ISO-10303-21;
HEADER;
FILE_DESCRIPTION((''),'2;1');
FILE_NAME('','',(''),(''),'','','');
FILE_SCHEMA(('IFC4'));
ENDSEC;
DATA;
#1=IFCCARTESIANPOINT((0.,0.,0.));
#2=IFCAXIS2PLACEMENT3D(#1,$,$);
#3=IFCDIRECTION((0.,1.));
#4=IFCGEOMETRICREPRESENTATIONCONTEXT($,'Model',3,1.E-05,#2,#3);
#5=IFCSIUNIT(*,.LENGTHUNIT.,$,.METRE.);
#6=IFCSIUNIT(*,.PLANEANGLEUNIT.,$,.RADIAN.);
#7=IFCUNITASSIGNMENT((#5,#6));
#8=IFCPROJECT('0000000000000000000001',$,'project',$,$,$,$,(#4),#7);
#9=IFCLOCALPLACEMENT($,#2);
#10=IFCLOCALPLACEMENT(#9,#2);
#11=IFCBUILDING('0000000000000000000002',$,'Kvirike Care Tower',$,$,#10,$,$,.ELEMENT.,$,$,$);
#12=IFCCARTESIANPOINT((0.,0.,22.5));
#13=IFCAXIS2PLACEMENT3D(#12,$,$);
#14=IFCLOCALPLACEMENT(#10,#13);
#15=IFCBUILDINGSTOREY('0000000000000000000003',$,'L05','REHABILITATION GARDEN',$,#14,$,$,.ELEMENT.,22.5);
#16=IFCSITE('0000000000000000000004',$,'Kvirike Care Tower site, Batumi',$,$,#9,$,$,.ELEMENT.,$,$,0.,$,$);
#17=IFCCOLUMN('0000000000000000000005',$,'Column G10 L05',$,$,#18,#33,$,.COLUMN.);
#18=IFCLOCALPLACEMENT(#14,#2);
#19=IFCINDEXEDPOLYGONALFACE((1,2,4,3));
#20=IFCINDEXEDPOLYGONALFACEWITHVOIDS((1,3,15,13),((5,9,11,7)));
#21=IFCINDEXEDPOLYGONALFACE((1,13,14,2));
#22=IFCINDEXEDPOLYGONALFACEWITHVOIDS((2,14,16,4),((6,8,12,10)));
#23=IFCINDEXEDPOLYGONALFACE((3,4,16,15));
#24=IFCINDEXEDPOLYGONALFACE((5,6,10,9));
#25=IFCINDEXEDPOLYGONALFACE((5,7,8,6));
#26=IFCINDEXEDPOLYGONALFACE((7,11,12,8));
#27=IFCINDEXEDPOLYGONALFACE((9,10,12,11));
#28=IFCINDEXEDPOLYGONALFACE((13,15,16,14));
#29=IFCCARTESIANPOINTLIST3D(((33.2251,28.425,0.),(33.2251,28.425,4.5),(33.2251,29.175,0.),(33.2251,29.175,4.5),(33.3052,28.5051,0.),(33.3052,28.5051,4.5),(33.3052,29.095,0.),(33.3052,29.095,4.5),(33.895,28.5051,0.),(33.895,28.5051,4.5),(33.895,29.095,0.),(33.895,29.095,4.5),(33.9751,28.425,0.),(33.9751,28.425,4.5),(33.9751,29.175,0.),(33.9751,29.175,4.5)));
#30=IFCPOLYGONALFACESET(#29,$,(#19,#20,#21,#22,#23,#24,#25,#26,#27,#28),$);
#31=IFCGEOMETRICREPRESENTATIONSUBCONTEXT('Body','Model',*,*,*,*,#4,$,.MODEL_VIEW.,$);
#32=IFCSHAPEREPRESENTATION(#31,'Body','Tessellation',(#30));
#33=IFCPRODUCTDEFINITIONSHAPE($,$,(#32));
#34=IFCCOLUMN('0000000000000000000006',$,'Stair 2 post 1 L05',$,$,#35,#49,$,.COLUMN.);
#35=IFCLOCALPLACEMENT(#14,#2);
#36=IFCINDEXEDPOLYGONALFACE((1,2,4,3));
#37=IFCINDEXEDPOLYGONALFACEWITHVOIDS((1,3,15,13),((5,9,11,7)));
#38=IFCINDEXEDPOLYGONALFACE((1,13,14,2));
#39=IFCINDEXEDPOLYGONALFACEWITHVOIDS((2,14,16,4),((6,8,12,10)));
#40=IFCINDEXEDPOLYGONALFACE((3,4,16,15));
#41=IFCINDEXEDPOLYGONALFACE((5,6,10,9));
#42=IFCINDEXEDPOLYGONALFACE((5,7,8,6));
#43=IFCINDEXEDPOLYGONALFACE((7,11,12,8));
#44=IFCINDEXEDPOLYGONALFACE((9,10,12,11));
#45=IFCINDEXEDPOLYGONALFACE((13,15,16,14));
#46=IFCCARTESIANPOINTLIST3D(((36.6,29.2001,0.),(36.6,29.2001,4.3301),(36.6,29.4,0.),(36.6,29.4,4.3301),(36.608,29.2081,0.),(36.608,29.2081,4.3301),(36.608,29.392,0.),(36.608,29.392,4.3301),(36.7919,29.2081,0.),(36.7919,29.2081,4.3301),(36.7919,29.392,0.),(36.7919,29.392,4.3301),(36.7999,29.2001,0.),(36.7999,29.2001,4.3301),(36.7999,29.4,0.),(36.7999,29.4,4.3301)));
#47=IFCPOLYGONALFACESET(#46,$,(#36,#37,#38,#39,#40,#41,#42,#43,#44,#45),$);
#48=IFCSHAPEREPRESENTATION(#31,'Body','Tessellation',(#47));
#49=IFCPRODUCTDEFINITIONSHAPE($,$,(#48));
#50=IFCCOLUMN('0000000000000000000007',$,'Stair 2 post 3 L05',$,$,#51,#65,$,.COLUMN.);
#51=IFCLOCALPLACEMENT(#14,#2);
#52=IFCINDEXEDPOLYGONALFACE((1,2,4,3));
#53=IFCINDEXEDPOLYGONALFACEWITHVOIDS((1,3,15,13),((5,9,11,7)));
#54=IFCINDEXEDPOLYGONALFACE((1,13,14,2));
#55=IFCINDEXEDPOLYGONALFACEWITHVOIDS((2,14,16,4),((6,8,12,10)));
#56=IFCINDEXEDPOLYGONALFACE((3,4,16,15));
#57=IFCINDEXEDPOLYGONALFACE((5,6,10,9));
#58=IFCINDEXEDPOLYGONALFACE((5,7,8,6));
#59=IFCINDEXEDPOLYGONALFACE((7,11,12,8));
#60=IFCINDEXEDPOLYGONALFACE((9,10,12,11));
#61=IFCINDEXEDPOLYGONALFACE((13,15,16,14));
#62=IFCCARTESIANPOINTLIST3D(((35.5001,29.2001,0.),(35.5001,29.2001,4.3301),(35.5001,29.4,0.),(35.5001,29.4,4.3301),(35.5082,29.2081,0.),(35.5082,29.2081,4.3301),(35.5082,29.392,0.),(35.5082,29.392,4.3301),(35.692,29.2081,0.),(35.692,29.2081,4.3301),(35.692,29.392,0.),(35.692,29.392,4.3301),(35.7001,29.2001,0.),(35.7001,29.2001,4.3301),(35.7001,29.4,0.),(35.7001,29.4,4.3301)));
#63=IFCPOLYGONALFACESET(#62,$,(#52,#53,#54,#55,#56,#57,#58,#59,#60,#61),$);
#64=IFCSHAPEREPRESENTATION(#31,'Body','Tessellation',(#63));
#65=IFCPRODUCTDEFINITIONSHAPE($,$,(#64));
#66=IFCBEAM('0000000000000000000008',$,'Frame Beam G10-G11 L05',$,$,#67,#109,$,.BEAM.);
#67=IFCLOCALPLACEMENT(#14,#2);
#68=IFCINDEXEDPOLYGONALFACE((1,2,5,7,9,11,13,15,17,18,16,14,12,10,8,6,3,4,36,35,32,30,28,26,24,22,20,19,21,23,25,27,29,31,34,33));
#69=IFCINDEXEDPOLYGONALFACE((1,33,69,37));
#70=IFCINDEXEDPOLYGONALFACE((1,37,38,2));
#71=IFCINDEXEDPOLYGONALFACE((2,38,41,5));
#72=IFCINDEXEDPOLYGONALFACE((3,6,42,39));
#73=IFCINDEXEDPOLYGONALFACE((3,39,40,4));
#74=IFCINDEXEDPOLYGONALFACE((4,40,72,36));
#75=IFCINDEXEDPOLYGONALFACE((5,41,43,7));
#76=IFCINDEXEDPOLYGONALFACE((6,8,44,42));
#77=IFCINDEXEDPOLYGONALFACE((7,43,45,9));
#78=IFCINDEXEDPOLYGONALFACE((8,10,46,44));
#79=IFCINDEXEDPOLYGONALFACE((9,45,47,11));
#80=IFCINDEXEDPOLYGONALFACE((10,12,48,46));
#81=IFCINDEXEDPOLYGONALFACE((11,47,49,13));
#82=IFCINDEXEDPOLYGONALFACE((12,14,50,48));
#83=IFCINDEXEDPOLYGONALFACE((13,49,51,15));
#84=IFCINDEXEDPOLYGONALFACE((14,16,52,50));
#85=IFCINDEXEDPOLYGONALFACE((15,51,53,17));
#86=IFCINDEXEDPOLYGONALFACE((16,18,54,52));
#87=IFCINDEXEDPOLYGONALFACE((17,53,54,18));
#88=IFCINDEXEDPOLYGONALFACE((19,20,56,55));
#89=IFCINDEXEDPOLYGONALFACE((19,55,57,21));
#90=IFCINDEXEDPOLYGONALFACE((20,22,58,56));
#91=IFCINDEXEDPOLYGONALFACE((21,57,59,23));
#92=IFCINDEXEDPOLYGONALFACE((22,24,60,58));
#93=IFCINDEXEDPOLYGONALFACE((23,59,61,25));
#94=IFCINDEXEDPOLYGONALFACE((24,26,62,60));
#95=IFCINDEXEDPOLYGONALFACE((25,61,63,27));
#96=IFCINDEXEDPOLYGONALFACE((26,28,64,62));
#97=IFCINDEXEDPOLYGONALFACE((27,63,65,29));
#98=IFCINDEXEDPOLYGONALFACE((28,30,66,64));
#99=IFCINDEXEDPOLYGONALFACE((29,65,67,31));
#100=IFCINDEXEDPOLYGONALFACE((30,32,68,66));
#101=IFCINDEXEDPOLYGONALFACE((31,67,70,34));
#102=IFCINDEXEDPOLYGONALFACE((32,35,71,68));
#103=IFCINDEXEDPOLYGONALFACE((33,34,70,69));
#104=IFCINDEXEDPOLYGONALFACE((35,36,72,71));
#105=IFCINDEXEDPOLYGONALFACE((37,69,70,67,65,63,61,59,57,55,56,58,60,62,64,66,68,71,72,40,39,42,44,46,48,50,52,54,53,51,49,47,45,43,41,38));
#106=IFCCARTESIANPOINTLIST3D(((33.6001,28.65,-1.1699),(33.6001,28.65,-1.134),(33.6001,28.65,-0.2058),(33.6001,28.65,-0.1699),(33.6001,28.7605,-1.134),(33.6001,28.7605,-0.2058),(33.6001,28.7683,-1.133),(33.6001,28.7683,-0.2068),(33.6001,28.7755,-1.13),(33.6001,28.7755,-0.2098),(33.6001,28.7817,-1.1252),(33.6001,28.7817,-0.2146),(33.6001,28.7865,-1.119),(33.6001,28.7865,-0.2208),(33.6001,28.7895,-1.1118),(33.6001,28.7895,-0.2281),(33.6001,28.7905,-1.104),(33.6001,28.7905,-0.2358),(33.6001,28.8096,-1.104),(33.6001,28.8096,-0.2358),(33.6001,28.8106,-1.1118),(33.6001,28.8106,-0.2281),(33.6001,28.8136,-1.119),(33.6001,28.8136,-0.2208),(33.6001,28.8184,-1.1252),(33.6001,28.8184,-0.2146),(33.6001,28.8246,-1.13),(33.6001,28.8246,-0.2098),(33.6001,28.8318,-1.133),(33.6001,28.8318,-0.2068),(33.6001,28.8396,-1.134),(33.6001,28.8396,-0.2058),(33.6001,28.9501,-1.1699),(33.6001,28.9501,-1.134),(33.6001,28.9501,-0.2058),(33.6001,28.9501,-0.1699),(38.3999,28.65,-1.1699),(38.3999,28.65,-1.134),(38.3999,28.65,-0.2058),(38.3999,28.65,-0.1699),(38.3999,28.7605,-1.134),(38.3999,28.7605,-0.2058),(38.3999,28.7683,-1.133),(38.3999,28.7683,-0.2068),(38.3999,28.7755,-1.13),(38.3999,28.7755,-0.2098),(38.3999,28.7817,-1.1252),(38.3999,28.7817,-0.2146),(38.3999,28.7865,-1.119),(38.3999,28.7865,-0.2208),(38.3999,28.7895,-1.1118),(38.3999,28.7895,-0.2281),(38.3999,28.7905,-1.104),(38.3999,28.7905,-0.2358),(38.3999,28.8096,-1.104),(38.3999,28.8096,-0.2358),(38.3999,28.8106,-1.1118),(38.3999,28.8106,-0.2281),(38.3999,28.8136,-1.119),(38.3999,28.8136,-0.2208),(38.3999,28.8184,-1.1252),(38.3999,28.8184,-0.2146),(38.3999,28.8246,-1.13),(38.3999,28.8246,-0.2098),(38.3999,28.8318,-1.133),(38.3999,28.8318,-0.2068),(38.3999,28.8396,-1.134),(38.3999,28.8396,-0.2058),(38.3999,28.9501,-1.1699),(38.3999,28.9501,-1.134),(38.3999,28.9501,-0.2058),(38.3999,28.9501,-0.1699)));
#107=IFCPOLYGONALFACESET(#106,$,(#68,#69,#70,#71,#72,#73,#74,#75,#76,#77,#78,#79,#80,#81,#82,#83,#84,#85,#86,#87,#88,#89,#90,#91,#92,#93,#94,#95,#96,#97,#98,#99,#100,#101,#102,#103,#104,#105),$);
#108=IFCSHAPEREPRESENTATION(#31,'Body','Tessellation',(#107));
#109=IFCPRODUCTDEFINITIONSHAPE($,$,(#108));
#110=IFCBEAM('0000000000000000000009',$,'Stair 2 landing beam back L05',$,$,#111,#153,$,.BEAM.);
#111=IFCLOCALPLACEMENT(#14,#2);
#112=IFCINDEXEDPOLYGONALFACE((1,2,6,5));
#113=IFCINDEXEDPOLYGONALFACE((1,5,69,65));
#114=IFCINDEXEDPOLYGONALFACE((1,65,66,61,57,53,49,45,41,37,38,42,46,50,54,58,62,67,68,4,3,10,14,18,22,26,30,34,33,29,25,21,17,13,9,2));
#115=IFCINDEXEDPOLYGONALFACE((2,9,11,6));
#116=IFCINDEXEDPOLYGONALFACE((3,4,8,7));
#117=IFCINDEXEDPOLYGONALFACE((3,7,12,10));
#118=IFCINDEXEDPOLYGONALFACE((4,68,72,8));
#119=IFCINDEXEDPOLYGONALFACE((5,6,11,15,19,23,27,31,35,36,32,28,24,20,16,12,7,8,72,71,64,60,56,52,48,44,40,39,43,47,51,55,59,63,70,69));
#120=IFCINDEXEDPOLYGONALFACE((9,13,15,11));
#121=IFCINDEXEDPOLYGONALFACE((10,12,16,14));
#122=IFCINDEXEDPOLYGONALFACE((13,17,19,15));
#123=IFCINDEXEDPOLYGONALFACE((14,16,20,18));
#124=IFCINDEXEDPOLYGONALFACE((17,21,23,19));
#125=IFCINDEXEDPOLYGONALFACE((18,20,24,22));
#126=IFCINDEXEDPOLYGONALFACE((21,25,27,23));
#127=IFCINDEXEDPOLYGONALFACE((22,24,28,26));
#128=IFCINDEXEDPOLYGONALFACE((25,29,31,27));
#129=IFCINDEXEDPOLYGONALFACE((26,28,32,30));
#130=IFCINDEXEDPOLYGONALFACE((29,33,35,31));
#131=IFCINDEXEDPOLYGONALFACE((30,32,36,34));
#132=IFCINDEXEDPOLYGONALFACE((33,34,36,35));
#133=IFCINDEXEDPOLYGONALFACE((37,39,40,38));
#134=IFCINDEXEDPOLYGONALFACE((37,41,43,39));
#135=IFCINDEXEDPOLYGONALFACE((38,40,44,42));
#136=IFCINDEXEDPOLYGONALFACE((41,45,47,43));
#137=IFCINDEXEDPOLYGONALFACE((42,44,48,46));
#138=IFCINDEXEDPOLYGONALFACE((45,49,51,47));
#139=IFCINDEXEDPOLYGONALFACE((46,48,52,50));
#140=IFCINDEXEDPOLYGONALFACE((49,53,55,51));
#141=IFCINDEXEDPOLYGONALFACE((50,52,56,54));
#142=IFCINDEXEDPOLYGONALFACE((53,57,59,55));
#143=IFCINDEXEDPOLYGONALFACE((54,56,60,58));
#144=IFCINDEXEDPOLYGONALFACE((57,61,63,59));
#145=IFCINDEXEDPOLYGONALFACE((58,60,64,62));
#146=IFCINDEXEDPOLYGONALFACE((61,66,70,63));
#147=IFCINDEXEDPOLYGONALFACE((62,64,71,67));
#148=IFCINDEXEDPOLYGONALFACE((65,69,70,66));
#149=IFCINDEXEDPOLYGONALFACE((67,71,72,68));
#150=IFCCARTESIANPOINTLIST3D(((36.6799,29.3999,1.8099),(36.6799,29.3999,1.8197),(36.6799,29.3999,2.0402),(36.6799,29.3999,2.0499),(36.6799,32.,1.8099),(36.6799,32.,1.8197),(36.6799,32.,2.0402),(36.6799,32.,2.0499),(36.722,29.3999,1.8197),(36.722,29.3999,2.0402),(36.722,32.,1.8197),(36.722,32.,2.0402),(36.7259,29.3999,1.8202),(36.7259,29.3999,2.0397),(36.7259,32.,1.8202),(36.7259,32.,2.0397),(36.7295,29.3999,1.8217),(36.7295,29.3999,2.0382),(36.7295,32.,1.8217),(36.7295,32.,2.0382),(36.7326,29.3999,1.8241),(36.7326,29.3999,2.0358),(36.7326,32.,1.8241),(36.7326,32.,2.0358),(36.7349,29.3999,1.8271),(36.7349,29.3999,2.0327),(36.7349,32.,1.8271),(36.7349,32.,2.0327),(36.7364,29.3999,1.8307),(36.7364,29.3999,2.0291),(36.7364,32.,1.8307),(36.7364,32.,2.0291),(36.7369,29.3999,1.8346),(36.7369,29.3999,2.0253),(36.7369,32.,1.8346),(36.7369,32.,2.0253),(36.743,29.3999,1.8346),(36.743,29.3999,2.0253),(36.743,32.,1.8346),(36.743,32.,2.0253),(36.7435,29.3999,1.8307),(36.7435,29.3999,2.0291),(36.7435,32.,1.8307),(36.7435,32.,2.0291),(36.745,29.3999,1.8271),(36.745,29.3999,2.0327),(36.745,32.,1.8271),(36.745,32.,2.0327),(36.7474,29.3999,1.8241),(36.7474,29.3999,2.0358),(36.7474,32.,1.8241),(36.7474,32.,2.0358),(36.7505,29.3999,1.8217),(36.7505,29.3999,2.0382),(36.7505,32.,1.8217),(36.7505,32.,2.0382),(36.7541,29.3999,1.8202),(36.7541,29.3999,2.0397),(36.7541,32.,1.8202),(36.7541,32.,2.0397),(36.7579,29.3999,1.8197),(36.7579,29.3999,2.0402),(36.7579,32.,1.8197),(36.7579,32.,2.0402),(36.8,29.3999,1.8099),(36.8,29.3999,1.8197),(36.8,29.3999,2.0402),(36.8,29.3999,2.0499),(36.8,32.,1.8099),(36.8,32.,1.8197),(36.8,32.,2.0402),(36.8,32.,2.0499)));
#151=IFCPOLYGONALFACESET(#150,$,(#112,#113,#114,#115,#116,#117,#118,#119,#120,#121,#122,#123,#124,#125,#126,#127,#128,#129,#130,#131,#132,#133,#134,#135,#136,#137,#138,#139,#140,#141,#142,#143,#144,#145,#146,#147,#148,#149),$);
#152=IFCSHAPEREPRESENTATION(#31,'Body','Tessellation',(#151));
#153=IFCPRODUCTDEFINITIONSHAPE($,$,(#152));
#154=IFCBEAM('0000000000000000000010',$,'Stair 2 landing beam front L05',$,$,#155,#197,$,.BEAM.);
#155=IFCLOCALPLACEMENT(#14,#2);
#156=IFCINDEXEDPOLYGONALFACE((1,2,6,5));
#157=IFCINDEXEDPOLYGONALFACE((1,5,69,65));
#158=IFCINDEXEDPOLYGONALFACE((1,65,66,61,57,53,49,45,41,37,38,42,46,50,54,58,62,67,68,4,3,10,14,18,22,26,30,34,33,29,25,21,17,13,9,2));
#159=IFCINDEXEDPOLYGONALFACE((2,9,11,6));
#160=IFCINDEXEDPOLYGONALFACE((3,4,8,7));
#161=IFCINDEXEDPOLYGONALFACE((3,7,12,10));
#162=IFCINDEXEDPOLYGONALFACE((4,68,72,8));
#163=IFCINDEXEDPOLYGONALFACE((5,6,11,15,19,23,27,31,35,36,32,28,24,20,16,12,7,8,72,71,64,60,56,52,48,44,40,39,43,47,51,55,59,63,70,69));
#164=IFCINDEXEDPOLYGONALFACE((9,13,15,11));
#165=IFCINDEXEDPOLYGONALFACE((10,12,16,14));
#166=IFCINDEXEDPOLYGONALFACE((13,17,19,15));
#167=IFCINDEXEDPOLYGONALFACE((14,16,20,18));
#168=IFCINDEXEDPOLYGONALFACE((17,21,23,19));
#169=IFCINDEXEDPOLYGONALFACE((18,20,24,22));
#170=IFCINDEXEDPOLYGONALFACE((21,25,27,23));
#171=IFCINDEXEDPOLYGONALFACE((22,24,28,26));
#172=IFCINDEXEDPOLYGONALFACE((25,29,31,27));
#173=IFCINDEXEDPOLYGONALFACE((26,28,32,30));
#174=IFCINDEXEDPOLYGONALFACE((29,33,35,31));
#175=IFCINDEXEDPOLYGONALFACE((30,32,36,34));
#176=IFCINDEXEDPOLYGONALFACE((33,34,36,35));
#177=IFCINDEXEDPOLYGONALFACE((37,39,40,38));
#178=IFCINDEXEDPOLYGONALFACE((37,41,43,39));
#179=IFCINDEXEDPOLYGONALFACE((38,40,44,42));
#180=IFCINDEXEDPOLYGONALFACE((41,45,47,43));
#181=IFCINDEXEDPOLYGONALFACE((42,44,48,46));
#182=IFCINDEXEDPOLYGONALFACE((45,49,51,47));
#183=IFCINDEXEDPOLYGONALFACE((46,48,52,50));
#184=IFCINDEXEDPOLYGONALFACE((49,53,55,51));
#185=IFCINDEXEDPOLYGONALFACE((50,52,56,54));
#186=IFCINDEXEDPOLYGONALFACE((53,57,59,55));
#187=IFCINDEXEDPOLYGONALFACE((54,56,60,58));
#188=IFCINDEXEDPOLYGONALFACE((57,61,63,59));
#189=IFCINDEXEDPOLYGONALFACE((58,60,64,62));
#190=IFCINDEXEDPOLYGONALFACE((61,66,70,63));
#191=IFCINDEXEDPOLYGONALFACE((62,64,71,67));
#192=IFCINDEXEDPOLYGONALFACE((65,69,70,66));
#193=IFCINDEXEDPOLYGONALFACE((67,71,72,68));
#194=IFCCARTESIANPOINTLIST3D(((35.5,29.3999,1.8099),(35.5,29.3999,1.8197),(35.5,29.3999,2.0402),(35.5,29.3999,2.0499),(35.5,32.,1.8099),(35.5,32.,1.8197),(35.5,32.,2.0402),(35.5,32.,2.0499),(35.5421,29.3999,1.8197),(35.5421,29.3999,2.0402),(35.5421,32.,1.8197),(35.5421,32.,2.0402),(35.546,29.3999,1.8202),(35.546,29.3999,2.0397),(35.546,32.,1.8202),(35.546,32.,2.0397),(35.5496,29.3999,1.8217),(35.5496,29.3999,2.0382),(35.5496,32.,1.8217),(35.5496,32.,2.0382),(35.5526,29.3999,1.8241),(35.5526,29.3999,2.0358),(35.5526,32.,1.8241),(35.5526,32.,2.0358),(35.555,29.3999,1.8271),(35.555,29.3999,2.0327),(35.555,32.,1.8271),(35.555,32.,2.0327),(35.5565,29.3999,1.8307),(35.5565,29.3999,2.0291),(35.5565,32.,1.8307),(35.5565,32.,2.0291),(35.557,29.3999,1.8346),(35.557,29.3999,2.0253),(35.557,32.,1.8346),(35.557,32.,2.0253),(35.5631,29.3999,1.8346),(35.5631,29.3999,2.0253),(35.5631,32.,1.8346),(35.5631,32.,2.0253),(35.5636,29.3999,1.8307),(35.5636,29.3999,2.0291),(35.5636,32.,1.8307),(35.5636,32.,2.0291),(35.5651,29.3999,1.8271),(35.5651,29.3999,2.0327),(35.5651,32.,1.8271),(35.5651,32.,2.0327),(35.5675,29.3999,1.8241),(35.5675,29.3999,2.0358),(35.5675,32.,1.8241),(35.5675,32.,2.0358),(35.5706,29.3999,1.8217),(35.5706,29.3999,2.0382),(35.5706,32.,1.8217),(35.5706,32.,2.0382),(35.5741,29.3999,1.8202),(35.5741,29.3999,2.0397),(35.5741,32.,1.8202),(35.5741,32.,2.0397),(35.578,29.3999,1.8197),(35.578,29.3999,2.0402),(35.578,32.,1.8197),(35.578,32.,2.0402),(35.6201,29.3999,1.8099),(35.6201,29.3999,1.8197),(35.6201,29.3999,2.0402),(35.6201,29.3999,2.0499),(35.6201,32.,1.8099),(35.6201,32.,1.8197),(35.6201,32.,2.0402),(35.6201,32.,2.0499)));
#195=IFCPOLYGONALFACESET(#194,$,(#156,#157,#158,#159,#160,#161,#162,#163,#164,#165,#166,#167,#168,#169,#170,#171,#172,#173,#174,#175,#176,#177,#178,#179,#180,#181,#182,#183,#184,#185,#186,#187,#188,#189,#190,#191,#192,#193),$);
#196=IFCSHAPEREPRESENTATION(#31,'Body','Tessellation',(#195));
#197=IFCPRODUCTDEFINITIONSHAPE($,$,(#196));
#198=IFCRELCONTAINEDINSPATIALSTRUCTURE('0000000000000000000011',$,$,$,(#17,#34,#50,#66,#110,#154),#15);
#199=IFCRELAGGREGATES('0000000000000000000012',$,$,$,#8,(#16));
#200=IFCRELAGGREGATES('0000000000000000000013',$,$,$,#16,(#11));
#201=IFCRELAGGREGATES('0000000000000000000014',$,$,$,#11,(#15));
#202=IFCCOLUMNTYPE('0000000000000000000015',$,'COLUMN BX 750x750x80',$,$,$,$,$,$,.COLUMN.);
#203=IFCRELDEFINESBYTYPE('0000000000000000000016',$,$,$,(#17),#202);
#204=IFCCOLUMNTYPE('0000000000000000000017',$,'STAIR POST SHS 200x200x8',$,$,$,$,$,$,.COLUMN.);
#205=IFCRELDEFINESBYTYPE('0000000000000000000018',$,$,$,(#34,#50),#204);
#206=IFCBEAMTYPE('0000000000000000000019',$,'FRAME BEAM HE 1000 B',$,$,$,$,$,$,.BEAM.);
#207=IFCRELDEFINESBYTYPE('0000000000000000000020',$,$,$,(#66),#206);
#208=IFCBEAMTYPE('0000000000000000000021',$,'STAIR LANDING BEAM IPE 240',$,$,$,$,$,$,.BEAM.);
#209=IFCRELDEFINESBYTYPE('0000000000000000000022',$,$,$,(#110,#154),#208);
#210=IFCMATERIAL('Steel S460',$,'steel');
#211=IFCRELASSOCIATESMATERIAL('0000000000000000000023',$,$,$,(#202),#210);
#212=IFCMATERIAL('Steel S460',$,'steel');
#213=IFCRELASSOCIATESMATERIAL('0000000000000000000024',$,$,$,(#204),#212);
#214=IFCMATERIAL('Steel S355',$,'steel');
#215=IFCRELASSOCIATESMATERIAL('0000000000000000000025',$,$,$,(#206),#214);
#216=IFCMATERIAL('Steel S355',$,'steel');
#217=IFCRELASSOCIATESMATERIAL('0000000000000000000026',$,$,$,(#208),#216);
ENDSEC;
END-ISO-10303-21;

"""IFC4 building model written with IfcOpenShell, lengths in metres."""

from ifc_helpers import new_model, si_unit, direction, frame, origin, origin_2d, place, context, subcontext, project, spatial, hollow_rectangle, i_section, extrude, material, material_profile, profile_set, type_object, element, save


model = new_model("IFC4")

# Units and contexts
model_context = context("Model", 3, precision=1e-05, world=origin(), true_north=direction((0.0, 1.0)))
body_context = subcontext(model_context, "Body", "Model", "MODEL_VIEW")
ifc_project = project(units=[si_unit("LENGTHUNIT", "METRE"), si_unit("PLANEANGLEUNIT", "RADIAN")], contexts=[model_context])

# Site, building, storey
site_placement = place(None, origin())
site = spatial("IfcSite", under=ifc_project, at=site_placement, Name="Kvirike Care Tower site, Batumi", CompositionType="ELEMENT", RefElevation=0.0)
building_placement = place(site_placement, origin())
building = spatial("IfcBuilding", under=site, at=building_placement, Name="Kvirike Care Tower", CompositionType="ELEMENT")
storey_placement = place(building_placement, frame((0.0, 0.0, 22.5)))
storey = spatial("IfcBuildingStorey", under=building, at=storey_placement, Name="L05", Description="REHABILITATION GARDEN", CompositionType="ELEMENT", Elevation=22.5)

# Columns
ifc_material_1 = material(Name="Steel S460", Category="steel")
ifc_material_profile_1 = material_profile(ifc_material_1, hollow_rectangle(XDim=0.75, YDim=0.75, WallThickness=0.0801, at=origin_2d()), Name="BX 750x750x80")
ifc_profile_set_1 = profile_set([ifc_material_profile_1], Name="Steel S460")
column_type_1 = type_object("IfcColumnType", Name="COLUMN BX 750x750x80", PredefinedType="COLUMN", material=ifc_profile_set_1)
column_placement = place(storey_placement, frame((33.6001, 28.8, 0.0), z_axis=(0.0, 0.0, 1.0), x_axis=(0.0, 1.0, 0.0)))
element("IfcColumn", 1, at=column_placement, inside=storey, type_object=column_type_1, Name="Column G10 L05", PredefinedType="COLUMN", context=body_context, shape_type="SweptSolid", body=[
    extrude(hollow_rectangle(XDim=0.75, YDim=0.75, WallThickness=0.0801, at=origin_2d()), origin(), (0.0, 0.0, 1.0), 4.5),
])
ifc_material_2 = material(Name="Steel S460", Category="steel")
ifc_material_profile_2 = material_profile(ifc_material_2, hollow_rectangle(XDim=0.2, YDim=0.2, WallThickness=0.0081, at=origin_2d()), Name="SHS 200x200x8")
ifc_profile_set_2 = profile_set([ifc_material_profile_2], Name="Steel S460")
column_type_2 = type_object("IfcColumnType", Name="STAIR POST SHS 200x200x8", PredefinedType="COLUMN", material=ifc_profile_set_2)
for number, where, z_axis, x_axis, name in (
    (2, (36.7, 29.3, 0.0), (0.0, 0.0, 1.0), (1.0, 0.0, 0.0), "Stair 2 post 1 L05"),
    (3, (35.6001, 29.3, 0.0), (0.0, 0.0, 1.0), (1.0, 0.0, 0.0), "Stair 2 post 3 L05"),
):
    element("IfcColumn", number, at=place(storey_placement, frame(where, z_axis=z_axis, x_axis=x_axis)), inside=storey, type_object=column_type_2, Name=name, PredefinedType="COLUMN", context=body_context, shape_type="SweptSolid", body=[
        extrude(hollow_rectangle(XDim=0.2, YDim=0.2, WallThickness=0.0081, at=origin_2d()), origin(), (0.0, 0.0, 1.0), 4.3301),
    ])

# Beams
ifc_material_3 = material(Name="Steel S355", Category="steel")
ifc_material_profile_3 = material_profile(ifc_material_3, i_section(OverallWidth=0.3, OverallDepth=1.0, WebThickness=0.019, FlangeThickness=0.0359, FilletRadius=0.03, at=origin_2d()), Name="HE 1000 B")
ifc_profile_set_3 = profile_set([ifc_material_profile_3], Name="Steel S355")
beam_type_1 = type_object("IfcBeamType", Name="FRAME BEAM HE 1000 B", PredefinedType="BEAM", material=ifc_profile_set_3)
beam_1_placement = place(storey_placement, frame((33.6001, 28.8, -0.6699), z_axis=(1.0, 0.0, 0.0), x_axis=(0.0, 1.0, 0.0)))
element("IfcBeam", 4, at=beam_1_placement, inside=storey, type_object=beam_type_1, Name="Frame Beam G10-G11 L05", PredefinedType="BEAM", context=body_context, shape_type="SweptSolid", body=[
    extrude(i_section(OverallWidth=0.3, OverallDepth=1.0, WebThickness=0.019, FlangeThickness=0.0359, FilletRadius=0.03, at=origin_2d()), origin(), (0.0, 0.0, 1.0), 4.7998),
])
ifc_material_4 = material(Name="Steel S355", Category="steel")
ifc_material_profile_4 = material_profile(ifc_material_4, i_section(OverallWidth=0.1201, OverallDepth=0.24, WebThickness=0.0061, FlangeThickness=0.0098, FilletRadius=0.0149, at=origin_2d()), Name="IPE 240")
ifc_profile_set_4 = profile_set([ifc_material_profile_4], Name="Steel S355")
beam_type_2 = type_object("IfcBeamType", Name="STAIR LANDING BEAM IPE 240", PredefinedType="BEAM", material=ifc_profile_set_4)
for number, where, z_axis, x_axis, name in (
    (5, (36.74, 29.3999, 1.9299), (0.0, 1.0, 0.0), (-1.0, 0.0, 0.0), "Stair 2 landing beam back L05"),
    (6, (35.5601, 29.3999, 1.9299), (0.0, 1.0, 0.0), (-1.0, 0.0, 0.0), "Stair 2 landing beam front L05"),
):
    element("IfcBeam", number, at=place(storey_placement, frame(where, z_axis=z_axis, x_axis=x_axis)), inside=storey, type_object=beam_type_2, Name=name, PredefinedType="BEAM", context=body_context, shape_type="SweptSolid", body=[
        extrude(i_section(OverallWidth=0.1201, OverallDepth=0.24, WebThickness=0.0061, FlangeThickness=0.0098, FilletRadius=0.0149, at=origin_2d()), origin(), (0.0, 0.0, 1.0), 2.6001),
    ])

save(model, "model.ifc")
